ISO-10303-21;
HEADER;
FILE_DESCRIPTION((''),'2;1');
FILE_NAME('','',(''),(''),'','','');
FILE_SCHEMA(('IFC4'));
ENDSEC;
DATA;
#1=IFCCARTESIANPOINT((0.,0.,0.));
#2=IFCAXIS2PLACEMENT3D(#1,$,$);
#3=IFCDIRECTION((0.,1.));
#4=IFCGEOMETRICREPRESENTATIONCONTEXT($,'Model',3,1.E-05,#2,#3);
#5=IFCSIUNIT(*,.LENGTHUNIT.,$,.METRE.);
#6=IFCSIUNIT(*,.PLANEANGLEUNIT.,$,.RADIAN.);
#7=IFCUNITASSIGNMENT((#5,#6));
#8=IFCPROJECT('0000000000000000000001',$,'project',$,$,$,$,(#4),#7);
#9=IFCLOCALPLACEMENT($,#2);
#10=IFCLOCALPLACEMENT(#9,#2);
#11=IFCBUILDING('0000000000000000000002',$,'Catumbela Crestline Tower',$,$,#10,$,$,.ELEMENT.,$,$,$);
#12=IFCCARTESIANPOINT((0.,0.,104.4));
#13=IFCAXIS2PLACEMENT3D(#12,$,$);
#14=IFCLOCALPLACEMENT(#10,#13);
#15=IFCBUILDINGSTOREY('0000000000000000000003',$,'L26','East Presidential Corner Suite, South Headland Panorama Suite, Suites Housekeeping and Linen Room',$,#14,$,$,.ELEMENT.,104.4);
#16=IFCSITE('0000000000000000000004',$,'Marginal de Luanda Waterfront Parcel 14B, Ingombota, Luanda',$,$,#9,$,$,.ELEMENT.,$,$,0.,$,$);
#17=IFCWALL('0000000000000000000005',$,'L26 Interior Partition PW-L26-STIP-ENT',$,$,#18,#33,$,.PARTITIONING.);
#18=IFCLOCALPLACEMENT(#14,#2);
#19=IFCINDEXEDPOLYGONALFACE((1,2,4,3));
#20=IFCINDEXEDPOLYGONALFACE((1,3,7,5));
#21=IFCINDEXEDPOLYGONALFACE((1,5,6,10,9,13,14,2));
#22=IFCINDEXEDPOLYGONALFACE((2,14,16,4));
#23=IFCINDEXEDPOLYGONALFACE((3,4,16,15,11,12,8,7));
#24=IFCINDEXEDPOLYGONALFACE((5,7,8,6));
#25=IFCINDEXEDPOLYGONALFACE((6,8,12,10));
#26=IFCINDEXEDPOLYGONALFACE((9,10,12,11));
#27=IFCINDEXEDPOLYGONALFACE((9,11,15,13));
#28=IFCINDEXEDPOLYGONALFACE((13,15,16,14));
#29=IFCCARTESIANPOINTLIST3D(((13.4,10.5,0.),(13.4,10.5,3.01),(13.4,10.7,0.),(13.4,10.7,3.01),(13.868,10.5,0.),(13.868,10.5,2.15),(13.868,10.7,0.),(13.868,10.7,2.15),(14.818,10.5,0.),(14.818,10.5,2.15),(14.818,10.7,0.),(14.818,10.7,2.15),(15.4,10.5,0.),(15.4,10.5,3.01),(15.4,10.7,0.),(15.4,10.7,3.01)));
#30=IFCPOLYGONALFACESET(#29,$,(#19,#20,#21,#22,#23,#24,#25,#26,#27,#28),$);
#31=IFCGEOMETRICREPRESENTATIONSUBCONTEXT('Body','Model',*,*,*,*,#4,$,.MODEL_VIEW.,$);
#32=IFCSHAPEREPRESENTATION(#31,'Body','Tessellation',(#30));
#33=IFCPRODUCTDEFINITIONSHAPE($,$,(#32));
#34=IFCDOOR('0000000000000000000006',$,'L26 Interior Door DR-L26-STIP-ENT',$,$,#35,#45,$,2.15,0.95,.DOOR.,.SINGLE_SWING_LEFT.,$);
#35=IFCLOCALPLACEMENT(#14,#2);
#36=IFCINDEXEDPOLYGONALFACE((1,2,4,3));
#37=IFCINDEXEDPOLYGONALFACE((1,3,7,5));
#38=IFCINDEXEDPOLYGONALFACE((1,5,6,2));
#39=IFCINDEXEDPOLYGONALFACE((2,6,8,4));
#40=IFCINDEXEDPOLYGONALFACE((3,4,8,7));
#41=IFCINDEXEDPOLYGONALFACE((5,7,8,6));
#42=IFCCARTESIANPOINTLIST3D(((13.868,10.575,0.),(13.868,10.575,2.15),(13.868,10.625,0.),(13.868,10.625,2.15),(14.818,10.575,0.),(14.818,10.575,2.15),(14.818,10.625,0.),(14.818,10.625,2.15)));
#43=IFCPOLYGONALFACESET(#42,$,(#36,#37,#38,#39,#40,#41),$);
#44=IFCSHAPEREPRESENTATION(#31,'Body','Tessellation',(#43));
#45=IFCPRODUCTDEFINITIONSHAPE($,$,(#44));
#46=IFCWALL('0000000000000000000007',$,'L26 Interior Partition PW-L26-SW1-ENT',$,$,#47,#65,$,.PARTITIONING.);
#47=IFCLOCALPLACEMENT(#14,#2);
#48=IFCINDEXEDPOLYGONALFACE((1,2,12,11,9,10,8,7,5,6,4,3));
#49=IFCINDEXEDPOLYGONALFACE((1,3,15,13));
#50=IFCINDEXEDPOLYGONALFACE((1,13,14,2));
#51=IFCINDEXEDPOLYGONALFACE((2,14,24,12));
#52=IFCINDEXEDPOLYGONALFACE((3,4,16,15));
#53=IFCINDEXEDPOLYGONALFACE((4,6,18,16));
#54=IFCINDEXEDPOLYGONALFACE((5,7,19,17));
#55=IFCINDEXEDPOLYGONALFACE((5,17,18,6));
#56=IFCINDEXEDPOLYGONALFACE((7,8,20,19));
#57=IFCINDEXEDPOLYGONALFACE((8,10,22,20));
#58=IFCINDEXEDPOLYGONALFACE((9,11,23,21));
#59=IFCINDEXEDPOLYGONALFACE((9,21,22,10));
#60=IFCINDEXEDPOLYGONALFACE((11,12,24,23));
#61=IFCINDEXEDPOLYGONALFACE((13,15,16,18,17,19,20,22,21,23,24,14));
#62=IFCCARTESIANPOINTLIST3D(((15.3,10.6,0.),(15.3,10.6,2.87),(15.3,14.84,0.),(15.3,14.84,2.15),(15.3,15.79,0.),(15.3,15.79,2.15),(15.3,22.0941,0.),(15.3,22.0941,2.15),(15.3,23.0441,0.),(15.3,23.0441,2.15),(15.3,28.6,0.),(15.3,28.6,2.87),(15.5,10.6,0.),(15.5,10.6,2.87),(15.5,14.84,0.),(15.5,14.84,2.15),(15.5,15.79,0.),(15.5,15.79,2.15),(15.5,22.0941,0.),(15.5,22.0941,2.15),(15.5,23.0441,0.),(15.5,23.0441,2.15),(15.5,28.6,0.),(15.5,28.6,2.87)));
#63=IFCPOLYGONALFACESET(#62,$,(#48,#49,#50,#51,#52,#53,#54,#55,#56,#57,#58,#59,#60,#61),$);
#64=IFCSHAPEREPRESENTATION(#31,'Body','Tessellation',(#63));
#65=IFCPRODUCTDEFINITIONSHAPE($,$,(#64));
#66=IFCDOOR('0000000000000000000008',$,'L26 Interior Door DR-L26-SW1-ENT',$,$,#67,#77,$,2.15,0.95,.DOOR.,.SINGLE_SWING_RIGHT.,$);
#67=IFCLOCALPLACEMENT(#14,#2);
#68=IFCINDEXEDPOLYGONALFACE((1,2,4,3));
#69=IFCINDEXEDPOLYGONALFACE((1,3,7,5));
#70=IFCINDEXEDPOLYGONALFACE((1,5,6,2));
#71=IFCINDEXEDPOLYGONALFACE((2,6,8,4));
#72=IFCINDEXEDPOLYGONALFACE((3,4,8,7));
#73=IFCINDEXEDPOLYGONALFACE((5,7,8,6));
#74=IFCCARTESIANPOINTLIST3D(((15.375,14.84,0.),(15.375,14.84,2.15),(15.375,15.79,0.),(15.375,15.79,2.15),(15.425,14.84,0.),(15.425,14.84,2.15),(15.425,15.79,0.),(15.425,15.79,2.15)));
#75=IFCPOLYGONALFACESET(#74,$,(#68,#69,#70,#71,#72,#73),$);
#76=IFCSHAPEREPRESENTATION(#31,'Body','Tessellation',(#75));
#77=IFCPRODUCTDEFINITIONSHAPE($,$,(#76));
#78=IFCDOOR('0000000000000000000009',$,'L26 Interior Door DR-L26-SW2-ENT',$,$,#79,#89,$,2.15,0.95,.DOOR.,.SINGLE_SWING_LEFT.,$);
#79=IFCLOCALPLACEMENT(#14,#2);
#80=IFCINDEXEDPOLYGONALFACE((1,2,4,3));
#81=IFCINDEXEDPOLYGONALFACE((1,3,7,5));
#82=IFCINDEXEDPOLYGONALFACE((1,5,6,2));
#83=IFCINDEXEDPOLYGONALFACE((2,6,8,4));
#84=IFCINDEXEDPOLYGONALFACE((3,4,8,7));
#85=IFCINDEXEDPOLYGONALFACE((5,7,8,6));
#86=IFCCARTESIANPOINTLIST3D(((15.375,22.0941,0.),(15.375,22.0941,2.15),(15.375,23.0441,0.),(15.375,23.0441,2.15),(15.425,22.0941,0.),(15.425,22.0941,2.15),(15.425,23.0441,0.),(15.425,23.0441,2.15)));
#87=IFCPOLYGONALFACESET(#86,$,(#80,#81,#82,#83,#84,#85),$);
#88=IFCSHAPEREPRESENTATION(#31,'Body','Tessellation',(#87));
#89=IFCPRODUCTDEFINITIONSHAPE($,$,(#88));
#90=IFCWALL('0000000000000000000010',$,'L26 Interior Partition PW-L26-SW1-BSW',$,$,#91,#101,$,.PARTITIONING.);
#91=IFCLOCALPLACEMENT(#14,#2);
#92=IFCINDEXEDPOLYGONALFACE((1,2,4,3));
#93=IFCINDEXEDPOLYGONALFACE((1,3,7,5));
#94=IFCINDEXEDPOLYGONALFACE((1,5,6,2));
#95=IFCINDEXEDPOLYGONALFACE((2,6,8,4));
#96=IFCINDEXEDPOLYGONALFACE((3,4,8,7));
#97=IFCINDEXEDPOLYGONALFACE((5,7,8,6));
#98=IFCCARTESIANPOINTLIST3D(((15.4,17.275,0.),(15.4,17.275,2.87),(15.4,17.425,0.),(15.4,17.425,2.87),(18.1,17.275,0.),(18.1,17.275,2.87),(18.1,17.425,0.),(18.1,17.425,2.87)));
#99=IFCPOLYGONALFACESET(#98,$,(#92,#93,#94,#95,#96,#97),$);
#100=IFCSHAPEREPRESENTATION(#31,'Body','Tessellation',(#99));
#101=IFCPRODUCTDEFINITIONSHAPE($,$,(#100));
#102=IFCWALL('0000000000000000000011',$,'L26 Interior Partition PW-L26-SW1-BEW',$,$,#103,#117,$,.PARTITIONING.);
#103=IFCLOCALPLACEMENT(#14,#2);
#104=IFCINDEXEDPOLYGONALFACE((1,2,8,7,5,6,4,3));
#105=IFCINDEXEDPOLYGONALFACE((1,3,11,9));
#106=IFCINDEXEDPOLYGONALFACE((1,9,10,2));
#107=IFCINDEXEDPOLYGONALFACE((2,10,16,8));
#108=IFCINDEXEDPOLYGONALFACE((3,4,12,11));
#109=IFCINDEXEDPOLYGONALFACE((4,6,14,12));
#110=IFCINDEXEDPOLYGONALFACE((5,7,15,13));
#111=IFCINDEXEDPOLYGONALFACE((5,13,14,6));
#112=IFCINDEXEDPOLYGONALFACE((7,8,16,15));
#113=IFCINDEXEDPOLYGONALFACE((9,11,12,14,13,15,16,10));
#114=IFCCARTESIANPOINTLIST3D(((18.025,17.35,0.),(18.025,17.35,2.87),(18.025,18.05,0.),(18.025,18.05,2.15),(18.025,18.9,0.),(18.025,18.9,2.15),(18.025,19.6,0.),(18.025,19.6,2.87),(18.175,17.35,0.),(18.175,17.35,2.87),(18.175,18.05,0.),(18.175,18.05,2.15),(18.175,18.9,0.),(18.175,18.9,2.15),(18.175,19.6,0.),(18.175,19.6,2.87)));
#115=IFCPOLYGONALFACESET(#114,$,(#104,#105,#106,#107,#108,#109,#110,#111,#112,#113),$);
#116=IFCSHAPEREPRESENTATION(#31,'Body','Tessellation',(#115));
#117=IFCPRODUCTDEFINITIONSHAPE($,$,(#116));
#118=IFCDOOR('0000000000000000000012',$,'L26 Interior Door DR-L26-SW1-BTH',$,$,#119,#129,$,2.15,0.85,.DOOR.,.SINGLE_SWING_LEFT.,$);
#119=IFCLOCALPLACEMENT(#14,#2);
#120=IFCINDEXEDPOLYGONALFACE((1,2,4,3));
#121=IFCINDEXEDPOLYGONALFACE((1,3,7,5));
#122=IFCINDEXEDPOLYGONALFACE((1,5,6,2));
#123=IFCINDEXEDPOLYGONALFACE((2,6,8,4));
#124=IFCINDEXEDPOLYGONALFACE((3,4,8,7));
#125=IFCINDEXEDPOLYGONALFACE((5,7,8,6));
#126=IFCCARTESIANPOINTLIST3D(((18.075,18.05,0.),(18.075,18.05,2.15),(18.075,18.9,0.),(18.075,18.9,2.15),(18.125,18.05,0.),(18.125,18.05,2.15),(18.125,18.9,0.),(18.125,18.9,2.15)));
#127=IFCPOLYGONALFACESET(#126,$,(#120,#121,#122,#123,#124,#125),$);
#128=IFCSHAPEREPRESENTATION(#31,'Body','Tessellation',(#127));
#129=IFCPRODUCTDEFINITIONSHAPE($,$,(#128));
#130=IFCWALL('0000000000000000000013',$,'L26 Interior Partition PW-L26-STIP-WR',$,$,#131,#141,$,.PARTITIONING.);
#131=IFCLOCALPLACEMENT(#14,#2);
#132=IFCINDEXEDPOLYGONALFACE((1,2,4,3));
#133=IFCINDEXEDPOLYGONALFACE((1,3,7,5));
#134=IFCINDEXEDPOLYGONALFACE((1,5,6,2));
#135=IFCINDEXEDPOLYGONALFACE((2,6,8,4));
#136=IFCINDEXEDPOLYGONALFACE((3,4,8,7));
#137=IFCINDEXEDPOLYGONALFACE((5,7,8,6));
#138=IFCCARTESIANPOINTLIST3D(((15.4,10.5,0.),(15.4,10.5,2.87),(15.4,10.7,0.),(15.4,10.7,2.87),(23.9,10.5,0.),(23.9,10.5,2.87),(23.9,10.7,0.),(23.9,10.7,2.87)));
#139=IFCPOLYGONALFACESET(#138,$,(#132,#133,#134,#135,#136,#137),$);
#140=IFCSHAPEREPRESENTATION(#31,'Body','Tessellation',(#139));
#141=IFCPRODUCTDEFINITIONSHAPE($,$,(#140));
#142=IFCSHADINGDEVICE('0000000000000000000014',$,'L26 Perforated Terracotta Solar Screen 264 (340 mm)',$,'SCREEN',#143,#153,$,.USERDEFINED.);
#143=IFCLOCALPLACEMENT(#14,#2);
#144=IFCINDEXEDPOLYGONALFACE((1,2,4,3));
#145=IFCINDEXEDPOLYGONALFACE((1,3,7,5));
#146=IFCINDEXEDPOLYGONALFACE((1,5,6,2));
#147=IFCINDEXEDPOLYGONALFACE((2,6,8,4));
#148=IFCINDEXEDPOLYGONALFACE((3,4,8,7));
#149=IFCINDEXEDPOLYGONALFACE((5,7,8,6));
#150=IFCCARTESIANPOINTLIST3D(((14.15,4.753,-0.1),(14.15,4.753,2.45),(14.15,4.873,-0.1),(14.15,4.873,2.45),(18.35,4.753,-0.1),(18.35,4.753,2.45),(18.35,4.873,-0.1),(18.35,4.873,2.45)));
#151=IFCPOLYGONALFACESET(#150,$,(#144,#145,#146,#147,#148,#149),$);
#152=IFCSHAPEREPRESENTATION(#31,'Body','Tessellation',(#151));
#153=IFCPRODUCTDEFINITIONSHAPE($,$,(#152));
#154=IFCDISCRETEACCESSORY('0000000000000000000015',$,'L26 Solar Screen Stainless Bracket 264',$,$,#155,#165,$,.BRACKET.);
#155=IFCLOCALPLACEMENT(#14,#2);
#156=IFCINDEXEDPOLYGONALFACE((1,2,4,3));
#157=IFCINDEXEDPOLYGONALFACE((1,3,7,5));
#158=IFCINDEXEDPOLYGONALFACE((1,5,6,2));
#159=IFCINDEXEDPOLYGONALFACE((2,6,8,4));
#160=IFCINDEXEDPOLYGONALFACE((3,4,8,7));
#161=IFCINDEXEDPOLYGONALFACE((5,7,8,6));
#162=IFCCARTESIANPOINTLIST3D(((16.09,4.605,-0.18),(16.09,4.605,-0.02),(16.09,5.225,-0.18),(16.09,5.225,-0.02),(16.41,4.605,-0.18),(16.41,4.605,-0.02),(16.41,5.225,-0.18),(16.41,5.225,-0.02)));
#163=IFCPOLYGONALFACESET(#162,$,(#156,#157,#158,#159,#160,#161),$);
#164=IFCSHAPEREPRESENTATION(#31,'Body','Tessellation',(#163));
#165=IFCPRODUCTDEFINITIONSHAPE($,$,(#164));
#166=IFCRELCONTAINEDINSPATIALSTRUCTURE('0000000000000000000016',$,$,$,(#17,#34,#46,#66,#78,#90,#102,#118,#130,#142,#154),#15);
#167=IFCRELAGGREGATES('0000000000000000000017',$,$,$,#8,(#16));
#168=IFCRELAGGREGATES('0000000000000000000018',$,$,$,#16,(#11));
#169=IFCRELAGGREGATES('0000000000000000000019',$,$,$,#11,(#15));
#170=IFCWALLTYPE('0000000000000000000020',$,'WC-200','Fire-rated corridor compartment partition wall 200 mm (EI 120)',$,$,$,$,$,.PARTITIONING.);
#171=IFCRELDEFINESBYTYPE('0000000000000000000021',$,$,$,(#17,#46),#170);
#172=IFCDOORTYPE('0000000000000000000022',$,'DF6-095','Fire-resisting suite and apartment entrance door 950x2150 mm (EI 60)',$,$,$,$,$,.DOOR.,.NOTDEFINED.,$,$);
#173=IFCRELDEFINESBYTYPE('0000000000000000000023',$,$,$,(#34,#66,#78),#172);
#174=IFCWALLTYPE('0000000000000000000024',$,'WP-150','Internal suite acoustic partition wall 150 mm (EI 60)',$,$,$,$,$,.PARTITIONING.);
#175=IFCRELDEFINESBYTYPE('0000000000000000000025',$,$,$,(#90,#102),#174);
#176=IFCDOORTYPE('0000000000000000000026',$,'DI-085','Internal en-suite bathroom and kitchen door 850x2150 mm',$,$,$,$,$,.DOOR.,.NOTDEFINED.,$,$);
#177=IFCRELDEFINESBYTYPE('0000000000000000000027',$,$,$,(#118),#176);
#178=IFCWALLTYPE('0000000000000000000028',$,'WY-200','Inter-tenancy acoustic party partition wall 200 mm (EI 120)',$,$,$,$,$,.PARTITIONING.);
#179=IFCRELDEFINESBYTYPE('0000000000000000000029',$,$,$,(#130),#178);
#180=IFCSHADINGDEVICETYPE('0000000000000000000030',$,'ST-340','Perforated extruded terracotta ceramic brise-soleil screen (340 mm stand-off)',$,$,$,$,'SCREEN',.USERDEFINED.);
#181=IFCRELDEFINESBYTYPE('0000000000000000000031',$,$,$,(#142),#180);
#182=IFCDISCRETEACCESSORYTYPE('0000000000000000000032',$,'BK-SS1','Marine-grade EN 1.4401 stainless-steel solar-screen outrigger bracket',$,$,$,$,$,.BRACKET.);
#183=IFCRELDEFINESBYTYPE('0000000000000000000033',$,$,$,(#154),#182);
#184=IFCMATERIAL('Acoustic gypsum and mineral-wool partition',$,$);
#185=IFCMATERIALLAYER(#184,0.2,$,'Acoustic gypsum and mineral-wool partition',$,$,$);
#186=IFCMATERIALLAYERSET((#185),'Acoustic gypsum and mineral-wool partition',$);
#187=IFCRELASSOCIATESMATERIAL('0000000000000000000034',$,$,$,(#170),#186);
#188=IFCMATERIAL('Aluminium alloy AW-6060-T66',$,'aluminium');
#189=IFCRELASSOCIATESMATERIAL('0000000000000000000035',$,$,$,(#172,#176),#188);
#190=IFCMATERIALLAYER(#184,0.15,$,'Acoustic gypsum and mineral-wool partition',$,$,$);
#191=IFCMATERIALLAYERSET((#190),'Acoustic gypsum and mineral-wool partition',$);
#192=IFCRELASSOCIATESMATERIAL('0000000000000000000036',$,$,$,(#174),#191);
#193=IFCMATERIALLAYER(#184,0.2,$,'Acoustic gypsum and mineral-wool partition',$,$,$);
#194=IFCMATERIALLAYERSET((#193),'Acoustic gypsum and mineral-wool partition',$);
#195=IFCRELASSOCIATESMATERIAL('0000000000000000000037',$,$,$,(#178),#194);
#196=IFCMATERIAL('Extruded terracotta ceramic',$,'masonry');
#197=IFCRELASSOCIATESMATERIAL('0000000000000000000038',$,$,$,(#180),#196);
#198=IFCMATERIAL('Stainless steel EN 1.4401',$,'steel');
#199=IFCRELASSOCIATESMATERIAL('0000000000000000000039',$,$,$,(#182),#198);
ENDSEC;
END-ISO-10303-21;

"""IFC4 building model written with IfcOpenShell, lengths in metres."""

from ifc_helpers import new_model, si_unit, direction, frame, frame_2d, origin, origin_2d, place, context, subcontext, project, spatial, rectangle, extrude, material, layer, layer_set, type_object, element, fill, save


model = new_model("IFC4")

# Units and contexts
model_context = context("Model", 3, precision=1e-05, world=origin(), true_north=direction((0.0, 1.0)))
body_context = subcontext(model_context, "Body", "Model", "MODEL_VIEW")
ifc_project = project(units=[si_unit("LENGTHUNIT", "METRE"), si_unit("PLANEANGLEUNIT", "RADIAN")], contexts=[model_context])

# Site, building, storey
site_placement = place(None, origin())
site = spatial("IfcSite", under=ifc_project, at=site_placement, Name="Marginal de Luanda Waterfront Parcel 14B, Ingombota, Luanda", CompositionType="ELEMENT", RefElevation=0.0)
building_placement = place(site_placement, origin())
building = spatial("IfcBuilding", under=site, at=building_placement, Name="Catumbela Crestline Tower", CompositionType="ELEMENT")
storey_placement = place(building_placement, frame((0.0, 0.0, 104.4)))
storey = spatial("IfcBuildingStorey", under=building, at=storey_placement, Name="L26", Description="East Presidential Corner Suite, South Headland Panorama Suite, Suites Housekeeping and Linen Room", CompositionType="ELEMENT", Elevation=104.4)

# Shared definitions
ifc_material_1 = material(Name="Aluminium alloy AW-6060-T66", Category="aluminium")

# Shared definitions
ifc_material_2 = material(Name="Acoustic gypsum and mineral-wool partition")
ifc_layer_1 = layer(ifc_material_2, 0.2, Name="Acoustic gypsum and mineral-wool partition")
ifc_layer_set_1 = layer_set([ifc_layer_1], Name="Acoustic gypsum and mineral-wool partition")
wall_type_1 = type_object("IfcWallType", Name="WC-200", Description="Fire-rated corridor compartment partition wall 200 mm (EI 120)", PredefinedType="PARTITIONING", material=ifc_layer_set_1)
door_type_1 = type_object("IfcDoorType", Name="DF6-095", Description="Fire-resisting suite and apartment entrance door 950x2150 mm (EI 60)", OperationType="NOTDEFINED", PredefinedType="DOOR", material=ifc_material_1)

# Wall, opening, door
wall_1_placement = place(storey_placement, frame((13.4, 10.6, 0.0), z_axis=(0.0, 0.0, 1.0), x_axis=(1.0, 0.0, 0.0)))
wall_1 = element("IfcWall", 1, at=wall_1_placement, inside=storey, type_object=wall_type_1, Name="L26 Interior Partition PW-L26-STIP-ENT", PredefinedType="PARTITIONING", context=body_context, shape_type="SweptSolid", body=[
    extrude(rectangle(XDim=2.0, YDim=0.2, at=frame_2d((1.0, 0.0))), origin(), (0.0, 0.0, 1.0), 3.01),
])
opening_1_placement = place(wall_1_placement, frame((0.468, 0.0, 0.0)))
opening_1 = element("IfcOpeningElement", 2, at=opening_1_placement, cuts=wall_1, PredefinedType="OPENING", context=body_context, shape_type="SweptSolid", body=[
    extrude(rectangle(XDim=0.95, YDim=2.15, at=frame_2d((0.475, 1.075))), frame((0.0, 0.11, 0.0), z_axis=(0.0, -1.0, 0.0), x_axis=(1.0, 0.0, 0.0)), (0.0, 0.0, 1.0), 0.22),
])
door_1_placement = place(opening_1_placement, origin())
door_1 = element("IfcDoor", 3, at=door_1_placement, inside=storey, type_object=door_type_1, Name="L26 Interior Door DR-L26-STIP-ENT", OperationType="SINGLE_SWING_LEFT", OverallHeight=2.15, OverallWidth=0.95, PredefinedType="DOOR", context=body_context, shape_type="SweptSolid", body=[
    extrude(rectangle(XDim=0.95, YDim=2.15, at=frame_2d((0.475, 1.075))), frame((0.0, 0.025, 0.0), z_axis=(0.0, -1.0, 0.0), x_axis=(1.0, 0.0, 0.0)), (0.0, 0.0, 1.0), 0.05),
])
fill(opening_1, door_1)

# Wall, openings, doors
wall_2_placement = place(storey_placement, frame((15.4, 10.6, 0.0), z_axis=(0.0, 0.0, 1.0), x_axis=(0.0, 1.0, 0.0)))
wall_2 = element("IfcWall", 4, at=wall_2_placement, inside=storey, type_object=wall_type_1, Name="L26 Interior Partition PW-L26-SW1-ENT", PredefinedType="PARTITIONING", context=body_context, shape_type="SweptSolid", body=[
    extrude(rectangle(XDim=18.0, YDim=0.2, at=frame_2d((9.0, 0.0))), origin(), (0.0, 0.0, 1.0), 2.87),
])
opening_2_placement = place(wall_2_placement, frame((4.24, 0.0, 0.0)))
opening_2 = element("IfcOpeningElement", 5, at=opening_2_placement, cuts=wall_2, PredefinedType="OPENING", context=body_context, shape_type="SweptSolid", body=[
    extrude(rectangle(XDim=0.95, YDim=2.15, at=frame_2d((0.475, 1.075))), frame((0.0, 0.11, 0.0), z_axis=(0.0, -1.0, 0.0), x_axis=(1.0, 0.0, 0.0)), (0.0, 0.0, 1.0), 0.22),
])
opening_3_placement = place(wall_2_placement, frame((11.4941, 0.0, 0.0)))
opening_3 = element("IfcOpeningElement", 6, at=opening_3_placement, cuts=wall_2, PredefinedType="OPENING", context=body_context, shape_type="SweptSolid", body=[
    extrude(rectangle(XDim=0.95, YDim=2.15, at=frame_2d((0.475, 1.075))), frame((0.0, 0.11, 0.0), z_axis=(0.0, -1.0, 0.0), x_axis=(1.0, 0.0, 0.0)), (0.0, 0.0, 1.0), 0.22),
])
door_2_placement = place(opening_2_placement, origin())
door_2 = element("IfcDoor", 7, at=door_2_placement, inside=storey, type_object=door_type_1, Name="L26 Interior Door DR-L26-SW1-ENT", OperationType="SINGLE_SWING_RIGHT", OverallHeight=2.15, OverallWidth=0.95, PredefinedType="DOOR", context=body_context, shape_type="SweptSolid", body=[
    extrude(rectangle(XDim=0.95, YDim=2.15, at=frame_2d((0.475, 1.075))), frame((0.0, 0.025, 0.0), z_axis=(0.0, -1.0, 0.0), x_axis=(1.0, 0.0, 0.0)), (0.0, 0.0, 1.0), 0.05),
])
fill(opening_2, door_2)
door_3_placement = place(opening_3_placement, origin())
door_3 = element("IfcDoor", 8, at=door_3_placement, inside=storey, type_object=door_type_1, Name="L26 Interior Door DR-L26-SW2-ENT", OperationType="SINGLE_SWING_LEFT", OverallHeight=2.15, OverallWidth=0.95, PredefinedType="DOOR", context=body_context, shape_type="SweptSolid", body=[
    extrude(rectangle(XDim=0.95, YDim=2.15, at=frame_2d((0.475, 1.075))), frame((0.0, 0.025, 0.0), z_axis=(0.0, -1.0, 0.0), x_axis=(1.0, 0.0, 0.0)), (0.0, 0.0, 1.0), 0.05),
])
fill(opening_3, door_3)

# Wall
ifc_layer_2 = layer(ifc_material_2, 0.15, Name="Acoustic gypsum and mineral-wool partition")
ifc_layer_set_2 = layer_set([ifc_layer_2], Name="Acoustic gypsum and mineral-wool partition")
wall_type_2 = type_object("IfcWallType", Name="WP-150", Description="Internal suite acoustic partition wall 150 mm (EI 60)", PredefinedType="PARTITIONING", material=ifc_layer_set_2)
wall_3_placement = place(storey_placement, frame((15.4, 17.35, 0.0), z_axis=(0.0, 0.0, 1.0), x_axis=(1.0, 0.0, 0.0)))
element("IfcWall", 9, at=wall_3_placement, inside=storey, type_object=wall_type_2, Name="L26 Interior Partition PW-L26-SW1-BSW", PredefinedType="PARTITIONING", context=body_context, shape_type="SweptSolid", body=[
    extrude(rectangle(XDim=2.7, YDim=0.15, at=frame_2d((1.35, 0.0))), origin(), (0.0, 0.0, 1.0), 2.87),
])

# Wall, opening, door
wall_4_placement = place(storey_placement, frame((18.1, 17.35, 0.0), z_axis=(0.0, 0.0, 1.0), x_axis=(0.0, 1.0, 0.0)))
wall_4 = element("IfcWall", 10, at=wall_4_placement, inside=storey, type_object=wall_type_2, Name="L26 Interior Partition PW-L26-SW1-BEW", PredefinedType="PARTITIONING", context=body_context, shape_type="SweptSolid", body=[
    extrude(rectangle(XDim=2.25, YDim=0.15, at=frame_2d((1.125, 0.0))), origin(), (0.0, 0.0, 1.0), 2.87),
])
opening_4_placement = place(wall_4_placement, frame((0.7, 0.0, 0.0)))
opening_4 = element("IfcOpeningElement", 11, at=opening_4_placement, cuts=wall_4, PredefinedType="OPENING", context=body_context, shape_type="SweptSolid", body=[
    extrude(rectangle(XDim=0.85, YDim=2.15, at=frame_2d((0.425, 1.075))), frame((0.0, 0.085, 0.0), z_axis=(0.0, -1.0, 0.0), x_axis=(1.0, 0.0, 0.0)), (0.0, 0.0, 1.0), 0.17),
])
door_type_2 = type_object("IfcDoorType", Name="DI-085", Description="Internal en-suite bathroom and kitchen door 850x2150 mm", OperationType="NOTDEFINED", PredefinedType="DOOR", material=ifc_material_1)
door_4_placement = place(opening_4_placement, origin())
door_4 = element("IfcDoor", 12, at=door_4_placement, inside=storey, type_object=door_type_2, Name="L26 Interior Door DR-L26-SW1-BTH", OperationType="SINGLE_SWING_LEFT", OverallHeight=2.15, OverallWidth=0.85, PredefinedType="DOOR", context=body_context, shape_type="SweptSolid", body=[
    extrude(rectangle(XDim=0.85, YDim=2.15, at=frame_2d((0.425, 1.075))), frame((0.0, 0.025, 0.0), z_axis=(0.0, -1.0, 0.0), x_axis=(1.0, 0.0, 0.0)), (0.0, 0.0, 1.0), 0.05),
])
fill(opening_4, door_4)

# Wall
ifc_layer_3 = layer(ifc_material_2, 0.2, Name="Acoustic gypsum and mineral-wool partition")
ifc_layer_set_3 = layer_set([ifc_layer_3], Name="Acoustic gypsum and mineral-wool partition")
wall_type_3 = type_object("IfcWallType", Name="WY-200", Description="Inter-tenancy acoustic party partition wall 200 mm (EI 120)", PredefinedType="PARTITIONING", material=ifc_layer_set_3)
wall_5_placement = place(storey_placement, frame((15.4, 10.6, 0.0), z_axis=(0.0, 0.0, 1.0), x_axis=(1.0, 0.0, 0.0)))
element("IfcWall", 13, at=wall_5_placement, inside=storey, type_object=wall_type_3, Name="L26 Interior Partition PW-L26-STIP-WR", PredefinedType="PARTITIONING", context=body_context, shape_type="SweptSolid", body=[
    extrude(rectangle(XDim=8.5, YDim=0.2, at=frame_2d((4.25, 0.0))), origin(), (0.0, 0.0, 1.0), 2.87),
])

# Shading device
ifc_material_3 = material(Name="Extruded terracotta ceramic", Category="masonry")
shading_device_type = type_object("IfcShadingDeviceType", Name="ST-340", Description="Perforated extruded terracotta ceramic brise-soleil screen (340 mm stand-off)", ElementType="SCREEN", PredefinedType="USERDEFINED", material=ifc_material_3)
shading_device_placement = place(storey_placement, frame((16.25, 4.813, -0.1), z_axis=(0.0, 0.0, 1.0), x_axis=(1.0, 0.0, 0.0)))
element("IfcShadingDevice", 14, at=shading_device_placement, inside=storey, type_object=shading_device_type, Name="L26 Perforated Terracotta Solar Screen 264 (340 mm)", ObjectType="SCREEN", PredefinedType="USERDEFINED", context=body_context, shape_type="SweptSolid", body=[
    extrude(rectangle(XDim=4.2, YDim=0.12, at=origin_2d()), origin(), (0.0, 0.0, 1.0), 2.55),
])

# Discrete accessory
ifc_material_4 = material(Name="Stainless steel EN 1.4401", Category="steel")
discrete_accessory_type = type_object("IfcDiscreteAccessoryType", Name="BK-SS1", Description="Marine-grade EN 1.4401 stainless-steel solar-screen outrigger bracket", PredefinedType="BRACKET", material=ifc_material_4)
discrete_accessory_placement = place(storey_placement, frame((16.25, 4.915, -0.18), z_axis=(0.0, 0.0, 1.0), x_axis=(1.0, 0.0, 0.0)))
element("IfcDiscreteAccessory", 15, at=discrete_accessory_placement, inside=storey, type_object=discrete_accessory_type, Name="L26 Solar Screen Stainless Bracket 264", PredefinedType="BRACKET", context=body_context, shape_type="SweptSolid", body=[
    extrude(rectangle(XDim=0.32, YDim=0.62, at=origin_2d()), origin(), (0.0, 0.0, 1.0), 0.16),
])

save(model, "model.ifc")
